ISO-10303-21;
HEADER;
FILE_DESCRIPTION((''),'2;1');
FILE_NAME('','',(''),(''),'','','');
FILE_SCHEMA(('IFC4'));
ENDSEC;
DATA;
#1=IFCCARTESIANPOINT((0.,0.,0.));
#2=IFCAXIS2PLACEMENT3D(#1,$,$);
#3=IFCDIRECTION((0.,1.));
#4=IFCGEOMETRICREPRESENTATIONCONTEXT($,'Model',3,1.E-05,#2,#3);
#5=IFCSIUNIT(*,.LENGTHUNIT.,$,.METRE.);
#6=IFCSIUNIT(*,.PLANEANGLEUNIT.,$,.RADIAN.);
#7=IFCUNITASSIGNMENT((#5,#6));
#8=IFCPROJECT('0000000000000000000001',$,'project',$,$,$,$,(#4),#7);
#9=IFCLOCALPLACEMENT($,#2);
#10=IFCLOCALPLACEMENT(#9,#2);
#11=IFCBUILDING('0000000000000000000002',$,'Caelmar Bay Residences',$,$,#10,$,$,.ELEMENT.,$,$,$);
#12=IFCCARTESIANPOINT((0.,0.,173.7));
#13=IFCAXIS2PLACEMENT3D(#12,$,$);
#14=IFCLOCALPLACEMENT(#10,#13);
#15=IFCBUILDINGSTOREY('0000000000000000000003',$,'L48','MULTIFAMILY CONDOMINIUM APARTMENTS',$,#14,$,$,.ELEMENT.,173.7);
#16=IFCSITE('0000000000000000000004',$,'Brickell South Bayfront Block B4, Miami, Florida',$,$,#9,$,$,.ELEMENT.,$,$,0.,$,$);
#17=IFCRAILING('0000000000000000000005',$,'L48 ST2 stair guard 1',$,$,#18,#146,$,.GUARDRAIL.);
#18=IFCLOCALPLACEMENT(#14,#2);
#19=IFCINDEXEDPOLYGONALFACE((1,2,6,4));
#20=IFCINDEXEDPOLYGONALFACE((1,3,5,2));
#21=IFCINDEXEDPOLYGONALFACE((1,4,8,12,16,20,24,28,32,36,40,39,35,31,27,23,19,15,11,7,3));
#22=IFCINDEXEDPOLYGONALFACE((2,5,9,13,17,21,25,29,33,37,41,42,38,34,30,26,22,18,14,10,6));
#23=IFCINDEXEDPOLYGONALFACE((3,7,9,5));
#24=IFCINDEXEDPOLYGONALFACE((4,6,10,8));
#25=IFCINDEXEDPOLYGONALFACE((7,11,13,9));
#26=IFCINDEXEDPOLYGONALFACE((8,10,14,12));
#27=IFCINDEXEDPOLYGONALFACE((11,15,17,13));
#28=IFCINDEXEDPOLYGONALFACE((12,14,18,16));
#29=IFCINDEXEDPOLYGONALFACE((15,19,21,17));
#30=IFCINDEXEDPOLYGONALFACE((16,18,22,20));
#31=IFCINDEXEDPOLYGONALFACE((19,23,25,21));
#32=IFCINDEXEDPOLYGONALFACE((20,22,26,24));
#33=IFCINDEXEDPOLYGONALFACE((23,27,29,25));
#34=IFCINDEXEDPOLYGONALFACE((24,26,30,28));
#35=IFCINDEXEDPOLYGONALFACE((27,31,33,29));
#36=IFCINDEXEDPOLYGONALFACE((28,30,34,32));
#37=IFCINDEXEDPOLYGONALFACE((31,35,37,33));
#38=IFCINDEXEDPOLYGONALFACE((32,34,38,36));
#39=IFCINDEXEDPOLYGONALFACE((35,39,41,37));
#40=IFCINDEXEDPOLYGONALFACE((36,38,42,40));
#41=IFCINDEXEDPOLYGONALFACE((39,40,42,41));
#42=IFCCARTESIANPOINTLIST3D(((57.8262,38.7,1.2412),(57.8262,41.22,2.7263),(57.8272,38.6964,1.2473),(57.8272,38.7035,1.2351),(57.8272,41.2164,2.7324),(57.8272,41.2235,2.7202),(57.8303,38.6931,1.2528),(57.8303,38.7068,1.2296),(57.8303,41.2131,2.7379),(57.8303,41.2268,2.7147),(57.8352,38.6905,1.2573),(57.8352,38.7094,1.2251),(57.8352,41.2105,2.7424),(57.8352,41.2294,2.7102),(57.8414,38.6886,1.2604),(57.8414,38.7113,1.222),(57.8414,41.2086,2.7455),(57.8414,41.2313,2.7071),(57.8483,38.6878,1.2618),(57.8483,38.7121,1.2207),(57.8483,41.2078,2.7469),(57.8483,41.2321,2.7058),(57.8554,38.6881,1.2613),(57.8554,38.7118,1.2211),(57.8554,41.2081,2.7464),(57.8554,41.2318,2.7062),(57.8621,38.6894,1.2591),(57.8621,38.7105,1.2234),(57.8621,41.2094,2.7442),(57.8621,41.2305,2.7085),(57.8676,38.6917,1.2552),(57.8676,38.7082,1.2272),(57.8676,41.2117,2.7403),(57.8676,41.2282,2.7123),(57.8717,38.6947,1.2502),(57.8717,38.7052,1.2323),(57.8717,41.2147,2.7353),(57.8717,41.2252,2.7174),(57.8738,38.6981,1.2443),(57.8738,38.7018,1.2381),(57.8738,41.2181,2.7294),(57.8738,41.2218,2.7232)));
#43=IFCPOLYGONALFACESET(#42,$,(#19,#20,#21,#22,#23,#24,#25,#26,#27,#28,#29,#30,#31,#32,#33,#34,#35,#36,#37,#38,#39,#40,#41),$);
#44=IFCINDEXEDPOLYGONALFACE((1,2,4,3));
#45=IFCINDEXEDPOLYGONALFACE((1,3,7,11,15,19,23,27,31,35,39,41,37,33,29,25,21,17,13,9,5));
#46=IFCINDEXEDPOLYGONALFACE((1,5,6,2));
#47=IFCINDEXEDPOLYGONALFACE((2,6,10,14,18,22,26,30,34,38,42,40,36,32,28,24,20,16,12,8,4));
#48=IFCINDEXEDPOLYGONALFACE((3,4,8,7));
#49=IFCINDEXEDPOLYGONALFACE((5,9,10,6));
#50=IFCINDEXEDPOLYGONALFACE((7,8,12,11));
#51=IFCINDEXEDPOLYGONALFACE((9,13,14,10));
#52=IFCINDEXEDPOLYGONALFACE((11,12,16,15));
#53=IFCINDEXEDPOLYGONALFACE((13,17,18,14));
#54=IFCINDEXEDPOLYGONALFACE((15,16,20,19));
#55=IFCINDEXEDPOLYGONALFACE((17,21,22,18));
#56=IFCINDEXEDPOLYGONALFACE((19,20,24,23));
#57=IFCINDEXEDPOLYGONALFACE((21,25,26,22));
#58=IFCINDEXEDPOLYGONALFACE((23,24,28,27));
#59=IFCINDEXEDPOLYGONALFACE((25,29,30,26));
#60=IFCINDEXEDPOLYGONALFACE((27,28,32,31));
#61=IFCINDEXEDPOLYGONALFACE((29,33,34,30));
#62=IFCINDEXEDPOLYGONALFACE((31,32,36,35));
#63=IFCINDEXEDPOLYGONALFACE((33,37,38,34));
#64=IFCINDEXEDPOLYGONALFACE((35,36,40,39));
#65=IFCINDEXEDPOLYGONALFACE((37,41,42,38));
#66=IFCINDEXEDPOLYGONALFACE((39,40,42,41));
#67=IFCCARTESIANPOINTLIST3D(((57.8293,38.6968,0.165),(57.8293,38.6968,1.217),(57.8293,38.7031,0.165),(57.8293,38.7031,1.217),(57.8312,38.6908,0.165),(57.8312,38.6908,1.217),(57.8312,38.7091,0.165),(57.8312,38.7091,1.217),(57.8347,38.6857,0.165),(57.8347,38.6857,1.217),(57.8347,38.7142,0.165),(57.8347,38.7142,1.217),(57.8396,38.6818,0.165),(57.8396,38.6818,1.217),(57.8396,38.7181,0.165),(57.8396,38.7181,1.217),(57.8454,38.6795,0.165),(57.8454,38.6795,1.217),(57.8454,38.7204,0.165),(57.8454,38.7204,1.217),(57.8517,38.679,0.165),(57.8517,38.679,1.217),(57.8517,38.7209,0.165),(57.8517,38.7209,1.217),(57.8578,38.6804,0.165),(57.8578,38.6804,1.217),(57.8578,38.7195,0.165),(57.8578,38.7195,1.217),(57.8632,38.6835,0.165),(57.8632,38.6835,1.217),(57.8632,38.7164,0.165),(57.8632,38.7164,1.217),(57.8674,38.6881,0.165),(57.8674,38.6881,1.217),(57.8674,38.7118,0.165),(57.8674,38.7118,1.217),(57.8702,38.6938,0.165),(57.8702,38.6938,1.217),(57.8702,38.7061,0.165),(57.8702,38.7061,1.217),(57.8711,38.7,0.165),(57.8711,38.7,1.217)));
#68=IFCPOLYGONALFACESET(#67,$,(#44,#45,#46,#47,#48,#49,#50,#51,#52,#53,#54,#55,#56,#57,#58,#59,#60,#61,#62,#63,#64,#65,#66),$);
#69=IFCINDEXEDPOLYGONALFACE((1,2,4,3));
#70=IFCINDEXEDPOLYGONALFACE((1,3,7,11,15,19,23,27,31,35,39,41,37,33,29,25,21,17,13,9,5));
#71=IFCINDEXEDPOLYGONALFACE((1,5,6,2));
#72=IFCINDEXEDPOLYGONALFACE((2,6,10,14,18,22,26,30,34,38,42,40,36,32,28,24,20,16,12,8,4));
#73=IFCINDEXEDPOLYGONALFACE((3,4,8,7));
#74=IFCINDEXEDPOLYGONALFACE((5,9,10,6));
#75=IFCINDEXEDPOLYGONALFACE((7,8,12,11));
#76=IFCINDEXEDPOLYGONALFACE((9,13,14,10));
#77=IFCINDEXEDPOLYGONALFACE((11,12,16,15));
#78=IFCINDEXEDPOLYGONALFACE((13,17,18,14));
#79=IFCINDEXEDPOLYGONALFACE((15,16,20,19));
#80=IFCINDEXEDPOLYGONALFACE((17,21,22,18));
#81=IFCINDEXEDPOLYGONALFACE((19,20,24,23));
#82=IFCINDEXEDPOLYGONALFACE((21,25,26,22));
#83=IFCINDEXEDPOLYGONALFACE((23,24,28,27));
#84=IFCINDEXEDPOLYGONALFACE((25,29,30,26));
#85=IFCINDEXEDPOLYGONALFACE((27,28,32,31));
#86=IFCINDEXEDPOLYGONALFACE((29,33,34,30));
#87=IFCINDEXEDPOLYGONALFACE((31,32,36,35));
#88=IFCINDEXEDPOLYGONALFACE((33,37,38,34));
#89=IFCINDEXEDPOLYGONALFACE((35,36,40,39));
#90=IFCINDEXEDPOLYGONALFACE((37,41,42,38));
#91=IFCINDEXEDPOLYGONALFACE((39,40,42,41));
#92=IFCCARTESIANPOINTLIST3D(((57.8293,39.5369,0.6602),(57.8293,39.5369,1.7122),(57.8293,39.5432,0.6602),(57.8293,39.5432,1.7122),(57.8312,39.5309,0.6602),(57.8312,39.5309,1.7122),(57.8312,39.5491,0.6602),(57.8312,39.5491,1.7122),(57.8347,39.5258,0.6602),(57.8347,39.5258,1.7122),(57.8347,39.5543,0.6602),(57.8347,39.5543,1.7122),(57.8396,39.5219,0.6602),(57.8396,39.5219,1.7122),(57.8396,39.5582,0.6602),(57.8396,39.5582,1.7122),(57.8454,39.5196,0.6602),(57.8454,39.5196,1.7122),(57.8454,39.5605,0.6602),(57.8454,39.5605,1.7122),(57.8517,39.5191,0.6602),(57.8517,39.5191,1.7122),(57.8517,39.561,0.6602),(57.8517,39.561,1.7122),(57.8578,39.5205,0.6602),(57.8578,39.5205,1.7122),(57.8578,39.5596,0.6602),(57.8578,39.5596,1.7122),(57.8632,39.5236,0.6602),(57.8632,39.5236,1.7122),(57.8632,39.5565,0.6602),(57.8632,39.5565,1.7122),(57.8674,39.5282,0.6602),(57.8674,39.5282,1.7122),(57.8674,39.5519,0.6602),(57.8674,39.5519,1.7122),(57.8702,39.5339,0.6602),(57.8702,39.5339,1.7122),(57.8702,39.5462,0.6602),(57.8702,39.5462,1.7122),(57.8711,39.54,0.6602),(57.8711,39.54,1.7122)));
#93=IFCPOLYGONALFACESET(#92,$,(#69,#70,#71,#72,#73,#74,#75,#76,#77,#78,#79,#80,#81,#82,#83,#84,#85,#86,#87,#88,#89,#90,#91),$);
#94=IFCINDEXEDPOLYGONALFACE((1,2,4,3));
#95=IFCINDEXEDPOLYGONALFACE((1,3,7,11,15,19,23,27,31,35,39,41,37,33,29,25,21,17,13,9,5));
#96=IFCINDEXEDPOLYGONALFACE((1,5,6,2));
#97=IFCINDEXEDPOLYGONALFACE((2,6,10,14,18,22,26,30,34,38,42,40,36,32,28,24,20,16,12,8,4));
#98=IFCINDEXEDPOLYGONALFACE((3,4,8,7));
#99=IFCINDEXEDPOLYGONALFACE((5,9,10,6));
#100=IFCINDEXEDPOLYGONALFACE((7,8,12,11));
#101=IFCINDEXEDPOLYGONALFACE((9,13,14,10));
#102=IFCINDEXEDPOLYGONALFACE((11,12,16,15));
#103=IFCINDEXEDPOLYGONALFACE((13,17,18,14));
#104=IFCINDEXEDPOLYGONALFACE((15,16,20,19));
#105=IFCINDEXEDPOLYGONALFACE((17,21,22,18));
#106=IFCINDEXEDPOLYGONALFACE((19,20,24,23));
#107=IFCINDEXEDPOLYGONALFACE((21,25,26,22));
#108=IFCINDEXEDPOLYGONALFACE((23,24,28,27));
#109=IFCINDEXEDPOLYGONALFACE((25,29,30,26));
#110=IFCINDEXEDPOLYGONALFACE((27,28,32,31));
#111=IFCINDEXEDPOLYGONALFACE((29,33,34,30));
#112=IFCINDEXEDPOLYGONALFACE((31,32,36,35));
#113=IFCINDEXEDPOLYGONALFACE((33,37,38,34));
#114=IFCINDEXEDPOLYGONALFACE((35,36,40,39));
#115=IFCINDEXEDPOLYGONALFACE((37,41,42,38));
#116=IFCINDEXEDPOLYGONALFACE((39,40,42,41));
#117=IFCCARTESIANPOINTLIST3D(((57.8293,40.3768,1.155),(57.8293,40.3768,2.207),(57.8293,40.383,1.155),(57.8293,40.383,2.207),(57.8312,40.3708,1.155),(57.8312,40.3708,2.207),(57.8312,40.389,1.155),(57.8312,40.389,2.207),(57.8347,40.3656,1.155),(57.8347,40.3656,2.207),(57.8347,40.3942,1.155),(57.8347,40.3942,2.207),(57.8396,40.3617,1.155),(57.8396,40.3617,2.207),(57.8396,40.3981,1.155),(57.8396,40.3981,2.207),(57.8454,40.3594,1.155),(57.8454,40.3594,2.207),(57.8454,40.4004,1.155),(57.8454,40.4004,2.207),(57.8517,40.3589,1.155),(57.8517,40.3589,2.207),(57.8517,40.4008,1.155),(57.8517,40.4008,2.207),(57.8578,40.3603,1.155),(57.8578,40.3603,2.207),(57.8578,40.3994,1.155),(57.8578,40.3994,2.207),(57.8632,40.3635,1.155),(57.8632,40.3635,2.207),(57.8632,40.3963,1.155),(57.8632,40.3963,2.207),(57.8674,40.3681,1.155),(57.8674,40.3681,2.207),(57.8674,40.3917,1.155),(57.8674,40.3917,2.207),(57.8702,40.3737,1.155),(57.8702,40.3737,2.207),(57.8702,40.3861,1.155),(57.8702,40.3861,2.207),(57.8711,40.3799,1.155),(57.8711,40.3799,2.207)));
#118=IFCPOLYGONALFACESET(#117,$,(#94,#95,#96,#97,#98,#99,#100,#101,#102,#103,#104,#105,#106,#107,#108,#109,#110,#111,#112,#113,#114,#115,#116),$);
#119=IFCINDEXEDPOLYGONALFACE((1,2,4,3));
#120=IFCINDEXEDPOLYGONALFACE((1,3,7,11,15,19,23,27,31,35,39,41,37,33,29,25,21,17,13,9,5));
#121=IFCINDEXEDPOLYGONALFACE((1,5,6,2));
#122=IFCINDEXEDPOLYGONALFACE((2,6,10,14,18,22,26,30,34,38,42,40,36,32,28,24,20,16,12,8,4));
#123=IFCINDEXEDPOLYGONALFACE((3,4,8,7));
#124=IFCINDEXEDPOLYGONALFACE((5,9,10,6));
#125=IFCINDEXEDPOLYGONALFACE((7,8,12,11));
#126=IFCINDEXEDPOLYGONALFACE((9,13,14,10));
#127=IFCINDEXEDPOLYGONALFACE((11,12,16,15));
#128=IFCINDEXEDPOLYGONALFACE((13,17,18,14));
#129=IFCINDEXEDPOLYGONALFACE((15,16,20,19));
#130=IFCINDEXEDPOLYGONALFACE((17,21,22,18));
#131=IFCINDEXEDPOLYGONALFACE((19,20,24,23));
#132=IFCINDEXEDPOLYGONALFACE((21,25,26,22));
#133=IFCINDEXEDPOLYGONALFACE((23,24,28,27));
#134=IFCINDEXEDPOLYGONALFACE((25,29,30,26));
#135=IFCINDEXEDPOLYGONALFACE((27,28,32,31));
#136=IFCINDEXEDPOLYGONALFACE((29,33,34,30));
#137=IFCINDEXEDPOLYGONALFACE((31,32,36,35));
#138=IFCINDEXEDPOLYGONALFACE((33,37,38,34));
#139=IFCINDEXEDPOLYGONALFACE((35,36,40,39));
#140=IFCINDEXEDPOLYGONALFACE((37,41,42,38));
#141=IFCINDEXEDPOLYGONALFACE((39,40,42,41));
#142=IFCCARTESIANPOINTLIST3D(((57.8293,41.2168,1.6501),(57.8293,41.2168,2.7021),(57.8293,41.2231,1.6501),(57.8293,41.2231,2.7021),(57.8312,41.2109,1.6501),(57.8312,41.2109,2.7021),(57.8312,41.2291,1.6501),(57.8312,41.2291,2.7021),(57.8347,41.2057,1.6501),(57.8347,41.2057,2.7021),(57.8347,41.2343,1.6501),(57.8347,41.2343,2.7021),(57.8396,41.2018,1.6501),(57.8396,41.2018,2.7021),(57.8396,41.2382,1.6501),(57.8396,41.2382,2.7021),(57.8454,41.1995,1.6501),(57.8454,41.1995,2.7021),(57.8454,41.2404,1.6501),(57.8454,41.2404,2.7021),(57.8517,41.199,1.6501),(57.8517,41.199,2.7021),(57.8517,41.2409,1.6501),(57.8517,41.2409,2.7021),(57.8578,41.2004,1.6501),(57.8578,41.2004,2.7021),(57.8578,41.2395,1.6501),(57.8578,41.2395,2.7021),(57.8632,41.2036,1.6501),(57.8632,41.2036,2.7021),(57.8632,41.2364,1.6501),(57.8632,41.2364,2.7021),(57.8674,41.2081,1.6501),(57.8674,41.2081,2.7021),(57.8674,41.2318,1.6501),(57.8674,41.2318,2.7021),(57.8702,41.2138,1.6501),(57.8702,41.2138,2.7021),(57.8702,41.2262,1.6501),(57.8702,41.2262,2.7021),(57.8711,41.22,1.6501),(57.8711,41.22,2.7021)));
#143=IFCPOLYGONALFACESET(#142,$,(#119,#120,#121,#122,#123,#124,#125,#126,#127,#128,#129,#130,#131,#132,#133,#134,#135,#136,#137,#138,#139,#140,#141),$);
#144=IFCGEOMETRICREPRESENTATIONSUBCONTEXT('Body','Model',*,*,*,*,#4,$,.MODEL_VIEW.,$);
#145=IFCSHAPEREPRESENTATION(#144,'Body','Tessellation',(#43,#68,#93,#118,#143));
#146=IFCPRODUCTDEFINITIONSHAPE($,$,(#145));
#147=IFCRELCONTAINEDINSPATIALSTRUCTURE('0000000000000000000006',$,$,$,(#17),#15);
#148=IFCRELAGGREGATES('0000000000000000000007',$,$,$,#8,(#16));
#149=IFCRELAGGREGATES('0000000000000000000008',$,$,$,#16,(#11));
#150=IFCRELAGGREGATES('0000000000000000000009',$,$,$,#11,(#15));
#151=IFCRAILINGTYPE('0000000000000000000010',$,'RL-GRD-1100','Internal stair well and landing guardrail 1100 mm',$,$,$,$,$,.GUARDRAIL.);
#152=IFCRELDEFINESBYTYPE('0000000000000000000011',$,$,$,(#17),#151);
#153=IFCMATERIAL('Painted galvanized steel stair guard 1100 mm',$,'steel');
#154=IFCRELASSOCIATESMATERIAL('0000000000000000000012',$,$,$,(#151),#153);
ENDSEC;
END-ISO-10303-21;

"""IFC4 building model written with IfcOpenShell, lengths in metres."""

from ifc_helpers import new_model, si_unit, direction, frame, origin, origin_2d, place, context, subcontext, project, spatial, circle, extrude, material, type_object, element, save


model = new_model("IFC4")

# Units and contexts
model_context = context("Model", 3, precision=1e-05, world=origin(), true_north=direction((0.0, 1.0)))
body_context = subcontext(model_context, "Body", "Model", "MODEL_VIEW")
ifc_project = project(units=[si_unit("LENGTHUNIT", "METRE"), si_unit("PLANEANGLEUNIT", "RADIAN")], contexts=[model_context])

# Site, building, storey
site_placement = place(None, origin())
site = spatial("IfcSite", under=ifc_project, at=site_placement, Name="Brickell South Bayfront Block B4, Miami, Florida", CompositionType="ELEMENT", RefElevation=0.0)
building_placement = place(site_placement, origin())
building = spatial("IfcBuilding", under=site, at=building_placement, Name="Caelmar Bay Residences", CompositionType="ELEMENT")
storey_placement = place(building_placement, frame((0.0, 0.0, 173.7)))
storey = spatial("IfcBuildingStorey", under=building, at=storey_placement, Name="L48", Description="MULTIFAMILY CONDOMINIUM APARTMENTS", CompositionType="ELEMENT", Elevation=173.7)

# Railing
ifc_material_1 = material(Name="Painted galvanized steel stair guard 1100 mm", Category="steel")
railing_type_1 = type_object("IfcRailingType", Name="RL-GRD-1100", Description="Internal stair well and landing guardrail 1100 mm", PredefinedType="GUARDRAIL", material=ifc_material_1)
railing_1_placement = place(storey_placement, frame((57.8501, 38.7, 0.165)))
element("IfcRailing", 1, at=railing_1_placement, inside=storey, type_object=railing_type_1, Name="L48 ST2 stair guard 1", PredefinedType="GUARDRAIL", context=body_context, shape_type="SweptSolid", body=[
    extrude(circle(Radius=0.0239, at=origin_2d()), frame((0.0, 0.0, 1.0762), z_axis=(0.0, 0.861524, 0.507717), x_axis=(-1.0, 0.0, 0.0)), (0.0, 0.0, 1.0), 2.925),
    extrude(circle(Radius=0.021, at=origin_2d()), origin(), (0.0, 0.0, 1.0), 1.052),
    extrude(circle(Radius=0.021, at=origin_2d()), frame((0.0, 0.8401, 0.4951)), (0.0, 0.0, 1.0), 1.052),
    extrude(circle(Radius=0.021, at=origin_2d()), frame((0.0, 1.6799, 0.99)), (0.0, 0.0, 1.0), 1.052),
    extrude(circle(Radius=0.021, at=origin_2d()), frame((0.0, 2.52, 1.4851)), (0.0, 0.0, 1.0), 1.052),
])

save(model, "model.ifc")
